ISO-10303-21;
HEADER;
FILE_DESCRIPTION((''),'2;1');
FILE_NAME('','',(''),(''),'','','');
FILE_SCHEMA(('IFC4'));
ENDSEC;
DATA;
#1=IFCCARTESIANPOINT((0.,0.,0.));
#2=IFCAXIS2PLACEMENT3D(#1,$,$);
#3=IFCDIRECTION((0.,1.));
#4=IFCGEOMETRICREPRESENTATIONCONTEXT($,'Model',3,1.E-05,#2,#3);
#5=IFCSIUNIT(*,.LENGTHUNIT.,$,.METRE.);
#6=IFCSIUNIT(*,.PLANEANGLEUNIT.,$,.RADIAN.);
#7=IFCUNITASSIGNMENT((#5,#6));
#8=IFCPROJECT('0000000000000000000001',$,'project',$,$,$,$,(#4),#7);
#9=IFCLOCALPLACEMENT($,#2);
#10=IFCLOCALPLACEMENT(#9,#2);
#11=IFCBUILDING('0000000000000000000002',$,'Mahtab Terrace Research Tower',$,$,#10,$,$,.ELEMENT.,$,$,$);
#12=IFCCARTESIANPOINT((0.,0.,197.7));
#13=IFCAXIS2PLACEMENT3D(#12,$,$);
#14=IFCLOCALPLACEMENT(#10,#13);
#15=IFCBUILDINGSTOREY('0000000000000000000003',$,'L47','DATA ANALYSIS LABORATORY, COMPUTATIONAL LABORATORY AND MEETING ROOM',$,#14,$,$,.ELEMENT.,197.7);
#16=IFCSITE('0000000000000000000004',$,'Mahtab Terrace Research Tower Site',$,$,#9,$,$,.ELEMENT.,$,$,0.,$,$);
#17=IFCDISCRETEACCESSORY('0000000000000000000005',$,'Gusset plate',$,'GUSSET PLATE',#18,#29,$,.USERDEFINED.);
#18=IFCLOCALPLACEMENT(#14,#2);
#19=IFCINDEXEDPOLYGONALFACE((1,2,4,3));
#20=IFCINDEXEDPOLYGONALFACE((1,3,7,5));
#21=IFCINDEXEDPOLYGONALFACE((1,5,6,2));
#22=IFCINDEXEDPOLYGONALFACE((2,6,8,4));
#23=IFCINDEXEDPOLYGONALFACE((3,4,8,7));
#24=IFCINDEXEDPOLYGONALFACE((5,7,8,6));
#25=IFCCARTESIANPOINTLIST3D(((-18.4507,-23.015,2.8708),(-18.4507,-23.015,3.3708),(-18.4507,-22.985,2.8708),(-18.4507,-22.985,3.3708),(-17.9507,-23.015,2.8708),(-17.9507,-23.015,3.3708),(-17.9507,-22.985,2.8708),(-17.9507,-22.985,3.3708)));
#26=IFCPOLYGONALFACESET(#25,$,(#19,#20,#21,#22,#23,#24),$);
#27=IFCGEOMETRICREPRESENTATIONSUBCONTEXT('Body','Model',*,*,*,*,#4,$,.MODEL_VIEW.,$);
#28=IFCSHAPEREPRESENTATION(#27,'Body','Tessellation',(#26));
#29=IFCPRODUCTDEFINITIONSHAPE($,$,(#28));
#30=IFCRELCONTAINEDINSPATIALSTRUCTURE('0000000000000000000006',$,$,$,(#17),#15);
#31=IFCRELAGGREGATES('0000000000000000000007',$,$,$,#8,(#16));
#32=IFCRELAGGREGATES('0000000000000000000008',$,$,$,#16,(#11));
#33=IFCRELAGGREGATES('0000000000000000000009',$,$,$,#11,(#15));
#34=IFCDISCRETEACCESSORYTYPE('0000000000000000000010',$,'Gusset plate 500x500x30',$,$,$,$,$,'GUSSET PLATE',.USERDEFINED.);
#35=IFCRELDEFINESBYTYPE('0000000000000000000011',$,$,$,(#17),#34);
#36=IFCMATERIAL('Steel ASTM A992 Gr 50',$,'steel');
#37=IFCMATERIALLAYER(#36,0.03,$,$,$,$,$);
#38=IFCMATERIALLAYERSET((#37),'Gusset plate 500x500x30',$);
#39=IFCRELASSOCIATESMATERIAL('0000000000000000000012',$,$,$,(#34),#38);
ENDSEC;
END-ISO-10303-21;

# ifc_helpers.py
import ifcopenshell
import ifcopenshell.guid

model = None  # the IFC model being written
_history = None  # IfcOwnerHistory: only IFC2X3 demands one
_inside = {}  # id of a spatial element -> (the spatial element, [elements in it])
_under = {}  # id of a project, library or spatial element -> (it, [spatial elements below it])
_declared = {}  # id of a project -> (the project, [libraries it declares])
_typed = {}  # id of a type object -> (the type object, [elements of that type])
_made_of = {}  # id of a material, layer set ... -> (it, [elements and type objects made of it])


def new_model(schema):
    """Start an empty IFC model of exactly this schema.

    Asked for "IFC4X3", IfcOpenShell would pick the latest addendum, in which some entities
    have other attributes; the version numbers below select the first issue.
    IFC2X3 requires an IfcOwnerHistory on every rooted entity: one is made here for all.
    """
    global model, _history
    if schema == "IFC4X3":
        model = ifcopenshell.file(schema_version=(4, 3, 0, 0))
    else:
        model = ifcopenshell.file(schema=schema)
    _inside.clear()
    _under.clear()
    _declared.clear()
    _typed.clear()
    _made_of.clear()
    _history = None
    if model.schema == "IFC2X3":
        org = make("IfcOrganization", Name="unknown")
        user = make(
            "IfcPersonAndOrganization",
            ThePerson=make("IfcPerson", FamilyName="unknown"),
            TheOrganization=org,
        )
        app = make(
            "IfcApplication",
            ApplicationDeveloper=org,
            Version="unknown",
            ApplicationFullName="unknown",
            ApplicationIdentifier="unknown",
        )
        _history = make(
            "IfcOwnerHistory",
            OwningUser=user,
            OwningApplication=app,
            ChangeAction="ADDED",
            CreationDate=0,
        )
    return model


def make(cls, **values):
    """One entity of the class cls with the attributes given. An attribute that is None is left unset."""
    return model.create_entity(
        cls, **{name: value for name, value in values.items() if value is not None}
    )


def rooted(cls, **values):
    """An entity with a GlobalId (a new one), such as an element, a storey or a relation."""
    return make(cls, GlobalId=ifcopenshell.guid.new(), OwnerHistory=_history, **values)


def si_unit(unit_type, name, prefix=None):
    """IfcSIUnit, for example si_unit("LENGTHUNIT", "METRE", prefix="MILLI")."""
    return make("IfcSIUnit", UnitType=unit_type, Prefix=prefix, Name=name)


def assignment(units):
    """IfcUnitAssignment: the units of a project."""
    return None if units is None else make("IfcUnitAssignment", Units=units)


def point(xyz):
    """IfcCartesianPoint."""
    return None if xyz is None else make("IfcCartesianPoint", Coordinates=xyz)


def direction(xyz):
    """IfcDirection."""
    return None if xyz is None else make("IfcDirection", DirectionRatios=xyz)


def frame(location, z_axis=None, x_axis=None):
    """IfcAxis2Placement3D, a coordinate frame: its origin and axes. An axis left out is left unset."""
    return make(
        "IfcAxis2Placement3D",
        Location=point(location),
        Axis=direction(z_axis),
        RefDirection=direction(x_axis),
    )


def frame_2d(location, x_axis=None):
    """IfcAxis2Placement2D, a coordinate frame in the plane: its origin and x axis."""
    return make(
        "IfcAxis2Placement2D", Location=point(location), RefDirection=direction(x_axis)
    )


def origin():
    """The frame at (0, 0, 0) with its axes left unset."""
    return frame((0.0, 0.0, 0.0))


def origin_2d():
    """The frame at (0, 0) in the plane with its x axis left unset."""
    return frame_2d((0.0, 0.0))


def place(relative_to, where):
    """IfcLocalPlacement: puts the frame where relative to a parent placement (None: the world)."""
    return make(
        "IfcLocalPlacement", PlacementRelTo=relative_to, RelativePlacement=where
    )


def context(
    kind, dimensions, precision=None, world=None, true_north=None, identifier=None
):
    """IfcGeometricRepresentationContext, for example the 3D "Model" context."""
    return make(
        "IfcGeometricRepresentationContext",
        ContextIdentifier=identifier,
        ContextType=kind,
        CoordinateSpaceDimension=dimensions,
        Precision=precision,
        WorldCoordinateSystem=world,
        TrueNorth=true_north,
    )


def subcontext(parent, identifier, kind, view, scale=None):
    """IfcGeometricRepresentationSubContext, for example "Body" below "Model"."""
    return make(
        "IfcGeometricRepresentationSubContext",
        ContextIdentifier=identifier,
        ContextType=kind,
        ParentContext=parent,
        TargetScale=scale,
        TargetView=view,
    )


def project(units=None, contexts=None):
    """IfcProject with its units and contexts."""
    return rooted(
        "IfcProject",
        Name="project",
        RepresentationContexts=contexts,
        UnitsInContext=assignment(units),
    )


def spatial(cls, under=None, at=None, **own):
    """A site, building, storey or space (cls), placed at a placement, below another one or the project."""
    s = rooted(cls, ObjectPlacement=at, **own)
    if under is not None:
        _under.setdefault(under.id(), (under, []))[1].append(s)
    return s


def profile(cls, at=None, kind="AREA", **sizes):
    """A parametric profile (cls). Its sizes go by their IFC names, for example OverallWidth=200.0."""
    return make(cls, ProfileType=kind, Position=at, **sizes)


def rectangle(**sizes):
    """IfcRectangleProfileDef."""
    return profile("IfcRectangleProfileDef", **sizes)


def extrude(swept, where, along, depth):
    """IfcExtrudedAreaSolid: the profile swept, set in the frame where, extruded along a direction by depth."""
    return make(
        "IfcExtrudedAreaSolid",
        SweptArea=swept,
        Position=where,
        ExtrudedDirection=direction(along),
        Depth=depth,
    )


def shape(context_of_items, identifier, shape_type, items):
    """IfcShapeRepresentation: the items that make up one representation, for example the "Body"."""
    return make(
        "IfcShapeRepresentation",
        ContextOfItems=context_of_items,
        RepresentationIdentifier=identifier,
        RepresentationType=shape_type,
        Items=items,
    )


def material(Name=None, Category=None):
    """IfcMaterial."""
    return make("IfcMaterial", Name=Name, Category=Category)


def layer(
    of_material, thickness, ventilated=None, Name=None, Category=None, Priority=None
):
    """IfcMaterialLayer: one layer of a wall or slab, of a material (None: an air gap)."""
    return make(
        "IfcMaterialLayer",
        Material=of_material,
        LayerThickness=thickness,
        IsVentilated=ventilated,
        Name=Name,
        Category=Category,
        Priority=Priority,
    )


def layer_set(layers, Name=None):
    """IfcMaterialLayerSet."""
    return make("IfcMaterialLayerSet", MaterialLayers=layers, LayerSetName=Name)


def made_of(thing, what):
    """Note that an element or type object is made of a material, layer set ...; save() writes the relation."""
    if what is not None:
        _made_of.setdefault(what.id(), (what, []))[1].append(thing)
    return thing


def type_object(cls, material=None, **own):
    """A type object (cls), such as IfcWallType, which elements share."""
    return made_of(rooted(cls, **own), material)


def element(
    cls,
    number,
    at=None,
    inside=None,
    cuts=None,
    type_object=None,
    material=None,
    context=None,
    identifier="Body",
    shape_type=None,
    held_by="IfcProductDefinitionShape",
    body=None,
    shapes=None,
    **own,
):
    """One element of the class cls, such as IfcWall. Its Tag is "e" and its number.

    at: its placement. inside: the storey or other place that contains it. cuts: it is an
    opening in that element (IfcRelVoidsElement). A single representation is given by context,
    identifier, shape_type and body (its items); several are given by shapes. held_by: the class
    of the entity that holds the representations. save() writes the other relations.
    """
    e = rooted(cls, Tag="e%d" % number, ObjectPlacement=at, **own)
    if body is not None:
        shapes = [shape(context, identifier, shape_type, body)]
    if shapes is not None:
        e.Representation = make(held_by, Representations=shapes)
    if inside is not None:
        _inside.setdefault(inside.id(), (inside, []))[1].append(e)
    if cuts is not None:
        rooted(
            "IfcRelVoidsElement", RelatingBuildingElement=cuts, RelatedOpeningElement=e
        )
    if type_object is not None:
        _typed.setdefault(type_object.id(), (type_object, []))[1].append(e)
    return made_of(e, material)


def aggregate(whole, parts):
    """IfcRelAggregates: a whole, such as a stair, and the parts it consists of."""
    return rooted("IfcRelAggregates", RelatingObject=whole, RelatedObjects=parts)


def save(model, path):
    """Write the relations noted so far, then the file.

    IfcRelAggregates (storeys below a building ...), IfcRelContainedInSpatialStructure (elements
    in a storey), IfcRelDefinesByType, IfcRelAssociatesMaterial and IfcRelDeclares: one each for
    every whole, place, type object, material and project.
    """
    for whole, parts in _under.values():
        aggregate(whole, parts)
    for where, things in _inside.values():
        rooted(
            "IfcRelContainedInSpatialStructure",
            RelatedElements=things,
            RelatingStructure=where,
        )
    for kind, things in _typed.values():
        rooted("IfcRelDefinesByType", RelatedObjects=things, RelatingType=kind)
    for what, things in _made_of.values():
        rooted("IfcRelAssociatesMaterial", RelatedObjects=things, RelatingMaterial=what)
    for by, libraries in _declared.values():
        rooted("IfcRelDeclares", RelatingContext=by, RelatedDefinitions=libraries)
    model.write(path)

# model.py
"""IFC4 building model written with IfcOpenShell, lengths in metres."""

from ifc_helpers import new_model, si_unit, direction, frame, origin, origin_2d, place, context, subcontext, project, spatial, rectangle, extrude, material, layer, layer_set, type_object, element, save


model = new_model("IFC4")

# Units and contexts
model_context = context("Model", 3, precision=1e-05, world=origin(), true_north=direction((0.0, 1.0)))
body_context = subcontext(model_context, "Body", "Model", "MODEL_VIEW")
ifc_project = project(units=[si_unit("LENGTHUNIT", "METRE"), si_unit("PLANEANGLEUNIT", "RADIAN")], contexts=[model_context])

# Site, building, storey
site_placement = place(None, origin())
site = spatial("IfcSite", under=ifc_project, at=site_placement, Name="Mahtab Terrace Research Tower Site", CompositionType="ELEMENT", RefElevation=0.0)
building_placement = place(site_placement, origin())
building = spatial("IfcBuilding", under=site, at=building_placement, Name="Mahtab Terrace Research Tower", CompositionType="ELEMENT")
storey_placement = place(building_placement, frame((0.0, 0.0, 197.7)))
storey = spatial("IfcBuildingStorey", under=building, at=storey_placement, Name="L47", Description="DATA ANALYSIS LABORATORY, COMPUTATIONAL LABORATORY AND MEETING ROOM", CompositionType="ELEMENT", Elevation=197.7)

# Shared definitions
ifc_material_1 = material(Name="Steel ASTM A992 Gr 50", Category="steel")

# Discrete accessory
ifc_layer_1 = layer(ifc_material_1, 0.03)
ifc_layer_set_1 = layer_set([ifc_layer_1], Name="Gusset plate 500x500x30")
discrete_accessory_type = type_object("IfcDiscreteAccessoryType", Name="Gusset plate 500x500x30", ElementType="GUSSET PLATE", PredefinedType="USERDEFINED", material=ifc_layer_set_1)
for number, where, z_axis, x_axis, name in (
    (1, (-18.2007, -23.0, 2.8708), (0.0, 0.0, 1.0), (1.0, 0.0, 0.0), "Gusset plate"),
):
    element("IfcDiscreteAccessory", number, at=place(storey_placement, frame(where, z_axis=z_axis, x_axis=x_axis)), inside=storey, type_object=discrete_accessory_type, Name=name, ObjectType="GUSSET PLATE", PredefinedType="USERDEFINED", context=body_context, shape_type="SweptSolid", body=[
        extrude(rectangle(XDim=0.5, YDim=0.03, at=origin_2d()), origin(), (0.0, 0.0, 1.0), 0.5),
    ])

save(model, "model.ifc")
